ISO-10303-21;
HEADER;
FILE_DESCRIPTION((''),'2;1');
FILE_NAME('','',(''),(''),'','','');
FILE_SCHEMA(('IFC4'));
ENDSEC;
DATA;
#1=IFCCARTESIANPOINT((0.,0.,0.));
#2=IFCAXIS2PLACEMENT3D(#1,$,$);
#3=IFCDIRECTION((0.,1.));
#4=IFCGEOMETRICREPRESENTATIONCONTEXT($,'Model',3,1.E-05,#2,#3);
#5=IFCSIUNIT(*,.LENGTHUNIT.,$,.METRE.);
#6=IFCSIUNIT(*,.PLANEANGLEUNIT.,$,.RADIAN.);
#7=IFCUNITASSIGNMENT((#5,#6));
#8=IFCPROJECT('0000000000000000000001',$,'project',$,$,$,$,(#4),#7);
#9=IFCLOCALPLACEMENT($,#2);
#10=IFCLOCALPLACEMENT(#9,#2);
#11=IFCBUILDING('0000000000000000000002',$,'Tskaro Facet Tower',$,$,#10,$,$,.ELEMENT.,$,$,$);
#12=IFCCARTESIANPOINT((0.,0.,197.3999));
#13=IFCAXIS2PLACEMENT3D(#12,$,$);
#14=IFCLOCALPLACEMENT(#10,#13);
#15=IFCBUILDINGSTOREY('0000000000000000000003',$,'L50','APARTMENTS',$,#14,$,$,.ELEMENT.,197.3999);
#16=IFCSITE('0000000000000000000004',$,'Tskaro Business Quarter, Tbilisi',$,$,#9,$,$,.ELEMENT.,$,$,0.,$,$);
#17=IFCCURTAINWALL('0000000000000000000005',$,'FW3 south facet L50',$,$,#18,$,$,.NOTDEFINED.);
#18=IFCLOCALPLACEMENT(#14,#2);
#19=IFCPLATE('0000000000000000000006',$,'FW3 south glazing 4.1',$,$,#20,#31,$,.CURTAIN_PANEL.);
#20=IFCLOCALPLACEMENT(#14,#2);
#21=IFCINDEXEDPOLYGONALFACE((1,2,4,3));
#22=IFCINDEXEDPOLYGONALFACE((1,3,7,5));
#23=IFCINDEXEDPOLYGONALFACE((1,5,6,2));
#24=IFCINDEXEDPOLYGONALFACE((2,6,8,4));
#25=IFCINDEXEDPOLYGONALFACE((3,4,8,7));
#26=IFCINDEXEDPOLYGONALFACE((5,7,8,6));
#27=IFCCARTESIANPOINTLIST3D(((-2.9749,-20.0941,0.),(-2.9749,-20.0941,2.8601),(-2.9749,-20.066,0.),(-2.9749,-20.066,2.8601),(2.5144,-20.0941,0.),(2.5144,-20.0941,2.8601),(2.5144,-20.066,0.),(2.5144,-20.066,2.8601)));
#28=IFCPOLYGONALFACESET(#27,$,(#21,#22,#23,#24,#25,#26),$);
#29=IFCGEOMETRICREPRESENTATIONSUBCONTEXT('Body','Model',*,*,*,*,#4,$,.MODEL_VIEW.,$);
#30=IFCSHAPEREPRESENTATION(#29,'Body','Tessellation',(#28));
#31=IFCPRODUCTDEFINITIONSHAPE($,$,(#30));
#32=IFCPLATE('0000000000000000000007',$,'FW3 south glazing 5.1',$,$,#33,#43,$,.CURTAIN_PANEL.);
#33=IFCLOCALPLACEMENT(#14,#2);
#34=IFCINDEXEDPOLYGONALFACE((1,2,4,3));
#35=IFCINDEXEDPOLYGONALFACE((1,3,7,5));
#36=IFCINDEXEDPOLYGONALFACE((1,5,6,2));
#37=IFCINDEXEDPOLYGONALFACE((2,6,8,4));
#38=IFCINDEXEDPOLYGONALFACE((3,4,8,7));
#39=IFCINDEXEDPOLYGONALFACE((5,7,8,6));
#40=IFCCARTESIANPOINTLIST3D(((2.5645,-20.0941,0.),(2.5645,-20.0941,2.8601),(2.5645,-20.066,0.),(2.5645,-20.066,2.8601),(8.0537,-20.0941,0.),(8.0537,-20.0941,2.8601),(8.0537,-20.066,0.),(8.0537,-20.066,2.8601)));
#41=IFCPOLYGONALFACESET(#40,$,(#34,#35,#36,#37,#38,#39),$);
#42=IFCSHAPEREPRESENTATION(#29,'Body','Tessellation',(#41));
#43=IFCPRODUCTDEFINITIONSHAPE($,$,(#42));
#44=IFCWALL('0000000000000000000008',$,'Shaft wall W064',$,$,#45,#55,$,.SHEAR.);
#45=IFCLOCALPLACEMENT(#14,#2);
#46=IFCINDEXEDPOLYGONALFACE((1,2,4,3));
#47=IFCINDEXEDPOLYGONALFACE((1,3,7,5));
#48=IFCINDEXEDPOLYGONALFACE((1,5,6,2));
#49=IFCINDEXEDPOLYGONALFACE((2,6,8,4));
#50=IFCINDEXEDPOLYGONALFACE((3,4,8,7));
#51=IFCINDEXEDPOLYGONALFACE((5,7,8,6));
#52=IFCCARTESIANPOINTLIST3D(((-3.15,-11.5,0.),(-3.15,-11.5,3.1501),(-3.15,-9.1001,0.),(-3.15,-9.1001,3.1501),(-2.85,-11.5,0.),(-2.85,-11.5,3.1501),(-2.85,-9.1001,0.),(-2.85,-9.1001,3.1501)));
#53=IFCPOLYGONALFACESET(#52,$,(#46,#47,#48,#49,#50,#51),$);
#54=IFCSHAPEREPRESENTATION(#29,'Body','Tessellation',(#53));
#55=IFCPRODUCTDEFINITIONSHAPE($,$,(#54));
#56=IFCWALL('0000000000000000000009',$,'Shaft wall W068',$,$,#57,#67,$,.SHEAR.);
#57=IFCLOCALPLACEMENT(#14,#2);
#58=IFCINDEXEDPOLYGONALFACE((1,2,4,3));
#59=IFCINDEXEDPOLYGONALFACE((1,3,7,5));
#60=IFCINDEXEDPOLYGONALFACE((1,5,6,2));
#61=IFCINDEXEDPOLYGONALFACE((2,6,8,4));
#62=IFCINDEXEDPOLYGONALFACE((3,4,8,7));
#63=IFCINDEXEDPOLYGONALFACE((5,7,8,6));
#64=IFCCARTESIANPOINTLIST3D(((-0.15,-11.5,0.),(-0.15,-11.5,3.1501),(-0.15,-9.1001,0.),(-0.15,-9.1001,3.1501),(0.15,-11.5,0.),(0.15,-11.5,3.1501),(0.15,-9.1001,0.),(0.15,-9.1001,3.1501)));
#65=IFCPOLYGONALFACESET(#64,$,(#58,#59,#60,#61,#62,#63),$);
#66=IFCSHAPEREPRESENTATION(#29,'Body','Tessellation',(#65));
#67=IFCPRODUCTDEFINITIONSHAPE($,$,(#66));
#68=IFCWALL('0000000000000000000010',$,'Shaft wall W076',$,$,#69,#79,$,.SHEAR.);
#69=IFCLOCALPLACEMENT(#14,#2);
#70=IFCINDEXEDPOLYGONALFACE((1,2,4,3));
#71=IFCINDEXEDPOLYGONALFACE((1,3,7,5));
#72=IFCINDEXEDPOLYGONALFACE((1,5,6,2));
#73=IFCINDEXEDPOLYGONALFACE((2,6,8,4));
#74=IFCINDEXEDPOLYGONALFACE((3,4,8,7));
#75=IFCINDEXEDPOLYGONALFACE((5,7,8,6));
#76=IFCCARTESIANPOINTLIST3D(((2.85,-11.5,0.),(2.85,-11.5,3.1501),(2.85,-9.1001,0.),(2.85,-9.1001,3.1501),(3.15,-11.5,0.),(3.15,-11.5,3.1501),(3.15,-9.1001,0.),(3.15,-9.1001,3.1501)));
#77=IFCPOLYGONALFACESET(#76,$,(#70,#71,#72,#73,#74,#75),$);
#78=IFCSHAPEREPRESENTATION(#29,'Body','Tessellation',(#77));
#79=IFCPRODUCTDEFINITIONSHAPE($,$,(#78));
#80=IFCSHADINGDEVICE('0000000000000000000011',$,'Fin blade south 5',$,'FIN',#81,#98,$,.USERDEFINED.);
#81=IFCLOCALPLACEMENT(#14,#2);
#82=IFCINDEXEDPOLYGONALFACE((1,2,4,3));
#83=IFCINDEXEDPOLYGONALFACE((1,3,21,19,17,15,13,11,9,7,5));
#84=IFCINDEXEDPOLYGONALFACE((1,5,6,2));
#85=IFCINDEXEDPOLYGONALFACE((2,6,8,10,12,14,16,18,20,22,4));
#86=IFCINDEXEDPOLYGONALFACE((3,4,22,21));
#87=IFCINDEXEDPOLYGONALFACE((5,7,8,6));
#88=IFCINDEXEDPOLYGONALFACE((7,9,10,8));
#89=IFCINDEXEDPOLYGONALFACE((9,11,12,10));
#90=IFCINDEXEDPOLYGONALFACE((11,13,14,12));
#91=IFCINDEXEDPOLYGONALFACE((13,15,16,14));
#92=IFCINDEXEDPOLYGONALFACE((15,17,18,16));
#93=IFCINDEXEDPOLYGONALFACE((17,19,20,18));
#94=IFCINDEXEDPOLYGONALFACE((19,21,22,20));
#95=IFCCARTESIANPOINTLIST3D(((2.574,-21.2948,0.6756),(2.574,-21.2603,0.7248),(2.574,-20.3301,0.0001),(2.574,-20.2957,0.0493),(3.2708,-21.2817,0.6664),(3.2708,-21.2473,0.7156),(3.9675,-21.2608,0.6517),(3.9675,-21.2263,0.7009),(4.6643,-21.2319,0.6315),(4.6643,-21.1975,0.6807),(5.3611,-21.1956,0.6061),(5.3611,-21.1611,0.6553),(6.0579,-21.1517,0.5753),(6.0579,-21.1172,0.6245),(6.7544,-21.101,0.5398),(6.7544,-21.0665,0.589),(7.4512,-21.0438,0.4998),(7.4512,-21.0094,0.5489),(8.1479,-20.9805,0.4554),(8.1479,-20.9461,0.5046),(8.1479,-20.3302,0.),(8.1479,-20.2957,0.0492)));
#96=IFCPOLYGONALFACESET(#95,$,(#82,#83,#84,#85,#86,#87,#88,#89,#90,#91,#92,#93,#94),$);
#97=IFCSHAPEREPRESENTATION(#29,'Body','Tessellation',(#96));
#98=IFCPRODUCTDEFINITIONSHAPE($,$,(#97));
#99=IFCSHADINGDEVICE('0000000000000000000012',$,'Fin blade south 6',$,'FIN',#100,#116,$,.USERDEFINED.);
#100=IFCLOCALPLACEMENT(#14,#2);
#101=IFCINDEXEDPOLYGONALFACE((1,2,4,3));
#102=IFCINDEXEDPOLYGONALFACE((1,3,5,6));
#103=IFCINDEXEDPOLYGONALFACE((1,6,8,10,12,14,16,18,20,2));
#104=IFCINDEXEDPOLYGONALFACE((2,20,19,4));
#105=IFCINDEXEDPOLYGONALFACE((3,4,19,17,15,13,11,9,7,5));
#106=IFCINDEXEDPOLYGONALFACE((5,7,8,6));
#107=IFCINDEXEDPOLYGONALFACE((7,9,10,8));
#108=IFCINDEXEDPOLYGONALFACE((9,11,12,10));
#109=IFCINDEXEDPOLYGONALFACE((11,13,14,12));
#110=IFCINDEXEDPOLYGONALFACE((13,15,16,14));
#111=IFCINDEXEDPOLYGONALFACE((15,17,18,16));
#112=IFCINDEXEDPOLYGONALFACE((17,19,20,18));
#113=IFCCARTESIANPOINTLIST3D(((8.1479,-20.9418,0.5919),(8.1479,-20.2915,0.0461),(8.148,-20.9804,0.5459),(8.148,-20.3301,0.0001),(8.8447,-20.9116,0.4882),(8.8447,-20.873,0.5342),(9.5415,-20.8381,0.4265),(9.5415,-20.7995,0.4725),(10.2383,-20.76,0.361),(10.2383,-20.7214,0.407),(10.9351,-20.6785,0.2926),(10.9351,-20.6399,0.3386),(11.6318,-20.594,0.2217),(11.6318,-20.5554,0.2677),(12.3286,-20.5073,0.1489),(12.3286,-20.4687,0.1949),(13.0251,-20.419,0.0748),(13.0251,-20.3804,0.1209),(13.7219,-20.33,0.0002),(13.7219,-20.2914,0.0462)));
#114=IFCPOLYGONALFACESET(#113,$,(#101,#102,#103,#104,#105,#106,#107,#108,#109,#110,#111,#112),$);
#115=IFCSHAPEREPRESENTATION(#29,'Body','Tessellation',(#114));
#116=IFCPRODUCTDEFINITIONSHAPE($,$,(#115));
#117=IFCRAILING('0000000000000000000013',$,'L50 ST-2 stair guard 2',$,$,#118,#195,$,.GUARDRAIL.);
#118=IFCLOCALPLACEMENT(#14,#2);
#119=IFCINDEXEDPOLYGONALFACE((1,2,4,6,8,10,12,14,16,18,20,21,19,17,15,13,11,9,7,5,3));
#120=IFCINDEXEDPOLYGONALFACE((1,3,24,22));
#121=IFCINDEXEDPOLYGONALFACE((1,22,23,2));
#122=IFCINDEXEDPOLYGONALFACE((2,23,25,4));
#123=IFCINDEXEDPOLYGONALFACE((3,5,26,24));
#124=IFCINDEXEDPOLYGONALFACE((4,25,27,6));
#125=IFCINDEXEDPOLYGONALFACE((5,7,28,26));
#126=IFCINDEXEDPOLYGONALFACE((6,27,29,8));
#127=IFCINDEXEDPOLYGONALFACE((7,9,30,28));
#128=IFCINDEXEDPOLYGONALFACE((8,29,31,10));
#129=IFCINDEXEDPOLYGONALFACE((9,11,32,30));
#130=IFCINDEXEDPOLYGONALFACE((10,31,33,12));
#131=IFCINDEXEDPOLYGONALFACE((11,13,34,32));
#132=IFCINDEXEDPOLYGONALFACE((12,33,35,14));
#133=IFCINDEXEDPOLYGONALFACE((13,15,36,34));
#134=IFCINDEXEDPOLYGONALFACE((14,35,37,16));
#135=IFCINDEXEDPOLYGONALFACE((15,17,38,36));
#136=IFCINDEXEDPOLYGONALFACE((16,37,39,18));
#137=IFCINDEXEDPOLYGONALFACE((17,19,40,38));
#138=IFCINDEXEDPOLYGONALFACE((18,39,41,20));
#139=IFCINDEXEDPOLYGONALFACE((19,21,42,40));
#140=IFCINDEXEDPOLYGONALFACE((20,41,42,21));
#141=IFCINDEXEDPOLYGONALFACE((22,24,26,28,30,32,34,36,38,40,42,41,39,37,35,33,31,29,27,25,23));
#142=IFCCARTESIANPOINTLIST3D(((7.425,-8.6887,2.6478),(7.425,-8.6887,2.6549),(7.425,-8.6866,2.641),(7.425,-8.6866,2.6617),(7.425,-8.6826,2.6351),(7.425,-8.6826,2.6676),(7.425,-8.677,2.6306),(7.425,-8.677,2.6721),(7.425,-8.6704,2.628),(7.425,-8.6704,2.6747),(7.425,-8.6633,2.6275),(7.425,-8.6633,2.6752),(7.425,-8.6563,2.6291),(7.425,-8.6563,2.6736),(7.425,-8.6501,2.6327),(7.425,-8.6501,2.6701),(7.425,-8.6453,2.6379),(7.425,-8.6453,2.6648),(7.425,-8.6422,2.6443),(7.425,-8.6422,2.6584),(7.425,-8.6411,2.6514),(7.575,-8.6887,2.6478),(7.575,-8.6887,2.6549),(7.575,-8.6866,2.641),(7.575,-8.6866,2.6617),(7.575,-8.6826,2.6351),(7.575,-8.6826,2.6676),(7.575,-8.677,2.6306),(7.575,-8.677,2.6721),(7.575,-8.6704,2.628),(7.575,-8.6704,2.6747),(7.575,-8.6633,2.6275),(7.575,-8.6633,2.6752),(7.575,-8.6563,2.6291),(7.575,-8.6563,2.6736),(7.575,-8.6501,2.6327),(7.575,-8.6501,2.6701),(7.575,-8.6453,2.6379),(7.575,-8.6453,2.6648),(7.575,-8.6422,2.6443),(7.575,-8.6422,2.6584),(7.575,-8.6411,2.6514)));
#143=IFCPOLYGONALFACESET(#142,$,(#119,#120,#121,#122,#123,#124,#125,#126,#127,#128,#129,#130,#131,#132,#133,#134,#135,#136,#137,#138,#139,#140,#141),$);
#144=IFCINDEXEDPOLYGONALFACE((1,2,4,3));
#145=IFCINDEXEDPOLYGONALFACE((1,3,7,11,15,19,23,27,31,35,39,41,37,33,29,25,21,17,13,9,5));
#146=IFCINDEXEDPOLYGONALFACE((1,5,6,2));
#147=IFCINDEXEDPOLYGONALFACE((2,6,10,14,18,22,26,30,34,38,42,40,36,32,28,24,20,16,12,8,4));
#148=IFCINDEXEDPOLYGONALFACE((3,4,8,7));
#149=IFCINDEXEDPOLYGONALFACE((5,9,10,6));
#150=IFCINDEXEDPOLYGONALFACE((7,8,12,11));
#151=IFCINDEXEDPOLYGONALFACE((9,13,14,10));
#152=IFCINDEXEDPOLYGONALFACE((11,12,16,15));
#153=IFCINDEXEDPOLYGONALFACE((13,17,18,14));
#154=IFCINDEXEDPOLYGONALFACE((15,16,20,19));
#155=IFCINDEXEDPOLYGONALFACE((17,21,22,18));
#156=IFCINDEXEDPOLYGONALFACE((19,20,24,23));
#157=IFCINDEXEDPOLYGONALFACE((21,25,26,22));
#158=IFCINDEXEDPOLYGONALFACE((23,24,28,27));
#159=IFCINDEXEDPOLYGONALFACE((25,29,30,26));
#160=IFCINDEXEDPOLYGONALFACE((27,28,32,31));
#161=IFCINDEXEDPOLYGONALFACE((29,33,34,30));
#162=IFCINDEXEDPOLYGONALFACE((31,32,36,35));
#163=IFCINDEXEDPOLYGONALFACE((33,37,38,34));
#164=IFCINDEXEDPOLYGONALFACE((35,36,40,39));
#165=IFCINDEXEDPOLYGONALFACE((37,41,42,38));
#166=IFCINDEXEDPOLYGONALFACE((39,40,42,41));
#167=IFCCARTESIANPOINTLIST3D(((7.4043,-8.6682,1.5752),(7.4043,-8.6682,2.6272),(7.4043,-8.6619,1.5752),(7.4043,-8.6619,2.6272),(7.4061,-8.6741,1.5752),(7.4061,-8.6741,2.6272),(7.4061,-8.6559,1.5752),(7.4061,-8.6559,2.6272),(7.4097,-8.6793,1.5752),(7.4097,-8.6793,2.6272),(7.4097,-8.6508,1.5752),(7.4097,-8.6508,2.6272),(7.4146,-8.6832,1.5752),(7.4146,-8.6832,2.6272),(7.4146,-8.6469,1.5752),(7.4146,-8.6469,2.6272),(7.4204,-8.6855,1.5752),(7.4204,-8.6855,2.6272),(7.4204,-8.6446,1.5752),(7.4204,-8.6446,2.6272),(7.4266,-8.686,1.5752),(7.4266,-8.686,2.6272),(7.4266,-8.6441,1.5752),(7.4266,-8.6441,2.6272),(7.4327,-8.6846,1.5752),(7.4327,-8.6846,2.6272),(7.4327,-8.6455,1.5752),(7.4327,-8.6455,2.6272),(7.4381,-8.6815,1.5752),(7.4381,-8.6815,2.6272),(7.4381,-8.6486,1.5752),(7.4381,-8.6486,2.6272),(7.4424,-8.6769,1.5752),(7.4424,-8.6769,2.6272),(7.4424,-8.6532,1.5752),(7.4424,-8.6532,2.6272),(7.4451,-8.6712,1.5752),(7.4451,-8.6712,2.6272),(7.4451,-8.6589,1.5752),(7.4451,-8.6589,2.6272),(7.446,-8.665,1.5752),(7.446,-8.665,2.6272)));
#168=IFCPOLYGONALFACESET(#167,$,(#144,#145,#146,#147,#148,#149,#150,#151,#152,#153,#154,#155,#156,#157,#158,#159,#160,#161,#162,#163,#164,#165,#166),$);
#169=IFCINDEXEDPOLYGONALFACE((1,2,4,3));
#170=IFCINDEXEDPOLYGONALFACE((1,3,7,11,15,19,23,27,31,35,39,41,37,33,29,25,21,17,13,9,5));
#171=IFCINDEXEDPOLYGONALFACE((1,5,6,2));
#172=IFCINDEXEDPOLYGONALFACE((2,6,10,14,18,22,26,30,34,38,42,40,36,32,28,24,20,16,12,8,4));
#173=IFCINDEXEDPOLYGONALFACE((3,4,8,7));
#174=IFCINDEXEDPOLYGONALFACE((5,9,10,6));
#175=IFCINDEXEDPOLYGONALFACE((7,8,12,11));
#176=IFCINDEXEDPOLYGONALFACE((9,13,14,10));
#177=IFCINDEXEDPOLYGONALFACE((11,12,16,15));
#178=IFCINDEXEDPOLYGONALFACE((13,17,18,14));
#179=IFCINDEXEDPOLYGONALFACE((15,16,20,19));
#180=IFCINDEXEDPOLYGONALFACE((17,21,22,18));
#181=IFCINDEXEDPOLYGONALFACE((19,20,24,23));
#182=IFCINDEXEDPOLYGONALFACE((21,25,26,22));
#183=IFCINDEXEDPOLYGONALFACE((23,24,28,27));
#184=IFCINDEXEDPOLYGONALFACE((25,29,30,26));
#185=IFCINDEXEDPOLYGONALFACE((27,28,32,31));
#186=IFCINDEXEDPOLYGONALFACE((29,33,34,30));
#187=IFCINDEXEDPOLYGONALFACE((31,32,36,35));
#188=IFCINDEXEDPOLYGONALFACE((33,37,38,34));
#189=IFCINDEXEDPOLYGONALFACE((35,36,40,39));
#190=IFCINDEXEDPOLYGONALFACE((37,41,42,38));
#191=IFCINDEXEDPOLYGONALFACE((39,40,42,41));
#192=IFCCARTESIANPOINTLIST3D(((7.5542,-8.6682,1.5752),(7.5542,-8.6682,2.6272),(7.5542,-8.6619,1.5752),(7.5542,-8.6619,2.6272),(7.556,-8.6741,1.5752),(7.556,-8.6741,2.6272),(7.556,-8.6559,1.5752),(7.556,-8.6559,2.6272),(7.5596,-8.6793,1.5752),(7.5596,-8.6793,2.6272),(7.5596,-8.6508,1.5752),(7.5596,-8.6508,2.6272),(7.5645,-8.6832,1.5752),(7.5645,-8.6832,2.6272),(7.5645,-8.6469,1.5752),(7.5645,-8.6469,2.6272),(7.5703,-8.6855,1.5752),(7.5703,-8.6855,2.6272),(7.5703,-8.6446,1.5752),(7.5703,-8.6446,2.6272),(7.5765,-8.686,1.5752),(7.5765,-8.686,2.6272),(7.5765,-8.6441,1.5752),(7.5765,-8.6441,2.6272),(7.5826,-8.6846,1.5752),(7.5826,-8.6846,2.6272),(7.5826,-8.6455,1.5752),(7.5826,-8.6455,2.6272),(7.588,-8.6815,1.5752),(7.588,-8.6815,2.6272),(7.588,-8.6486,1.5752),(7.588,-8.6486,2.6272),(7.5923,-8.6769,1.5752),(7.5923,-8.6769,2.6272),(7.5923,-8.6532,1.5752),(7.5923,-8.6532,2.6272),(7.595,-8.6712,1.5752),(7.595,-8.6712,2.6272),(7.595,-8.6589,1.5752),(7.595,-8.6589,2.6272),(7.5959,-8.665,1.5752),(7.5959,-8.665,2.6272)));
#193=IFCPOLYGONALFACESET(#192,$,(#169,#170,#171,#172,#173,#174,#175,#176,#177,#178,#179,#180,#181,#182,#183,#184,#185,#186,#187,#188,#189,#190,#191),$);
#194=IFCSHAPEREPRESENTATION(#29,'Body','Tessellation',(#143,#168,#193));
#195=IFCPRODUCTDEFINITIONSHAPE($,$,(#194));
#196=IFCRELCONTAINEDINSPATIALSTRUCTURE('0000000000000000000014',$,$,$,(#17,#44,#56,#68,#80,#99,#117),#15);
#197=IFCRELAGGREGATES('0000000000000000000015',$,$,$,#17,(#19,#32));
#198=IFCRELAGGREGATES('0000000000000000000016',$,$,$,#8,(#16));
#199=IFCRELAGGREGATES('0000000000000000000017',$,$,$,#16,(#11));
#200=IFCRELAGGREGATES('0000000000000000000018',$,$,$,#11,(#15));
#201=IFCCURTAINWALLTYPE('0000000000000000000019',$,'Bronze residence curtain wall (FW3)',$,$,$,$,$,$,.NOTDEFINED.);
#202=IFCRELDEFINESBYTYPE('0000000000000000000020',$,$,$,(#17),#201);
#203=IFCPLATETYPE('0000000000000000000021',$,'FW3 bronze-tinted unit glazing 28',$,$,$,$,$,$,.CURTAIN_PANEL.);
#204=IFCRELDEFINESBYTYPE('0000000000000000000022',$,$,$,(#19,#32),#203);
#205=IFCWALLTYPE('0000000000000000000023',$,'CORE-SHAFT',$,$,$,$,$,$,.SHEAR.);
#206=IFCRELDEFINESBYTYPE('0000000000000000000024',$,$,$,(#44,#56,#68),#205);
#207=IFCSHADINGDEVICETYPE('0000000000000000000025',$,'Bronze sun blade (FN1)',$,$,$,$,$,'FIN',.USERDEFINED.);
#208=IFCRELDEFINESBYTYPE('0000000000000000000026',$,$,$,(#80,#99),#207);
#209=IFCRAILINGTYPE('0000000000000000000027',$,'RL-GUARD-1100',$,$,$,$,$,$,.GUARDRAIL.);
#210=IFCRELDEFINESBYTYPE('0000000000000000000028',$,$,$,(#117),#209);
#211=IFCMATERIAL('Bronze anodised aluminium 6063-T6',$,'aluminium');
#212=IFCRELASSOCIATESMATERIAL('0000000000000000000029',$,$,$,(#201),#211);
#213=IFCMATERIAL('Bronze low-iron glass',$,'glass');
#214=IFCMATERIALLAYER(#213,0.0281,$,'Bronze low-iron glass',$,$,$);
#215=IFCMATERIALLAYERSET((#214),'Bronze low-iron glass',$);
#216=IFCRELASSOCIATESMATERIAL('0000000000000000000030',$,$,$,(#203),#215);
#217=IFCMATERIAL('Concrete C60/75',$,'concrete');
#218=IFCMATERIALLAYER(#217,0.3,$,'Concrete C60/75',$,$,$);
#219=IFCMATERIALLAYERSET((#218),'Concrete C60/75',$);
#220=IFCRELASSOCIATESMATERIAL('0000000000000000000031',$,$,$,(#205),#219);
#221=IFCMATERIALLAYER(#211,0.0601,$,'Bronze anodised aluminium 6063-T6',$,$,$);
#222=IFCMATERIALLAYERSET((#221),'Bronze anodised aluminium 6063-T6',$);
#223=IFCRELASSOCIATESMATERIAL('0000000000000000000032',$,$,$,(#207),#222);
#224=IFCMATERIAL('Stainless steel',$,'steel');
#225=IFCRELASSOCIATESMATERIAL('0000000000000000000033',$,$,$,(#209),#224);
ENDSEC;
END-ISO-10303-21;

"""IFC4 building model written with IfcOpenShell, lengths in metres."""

from ifc_helpers import new_model, si_unit, direction, frame, frame_2d, origin, origin_2d, place, context, subcontext, project, spatial, polyline, rectangle, circle, outline, extrude, material, layer, layer_set, type_object, element, aggregate, save


model = new_model("IFC4")

# Units and contexts
model_context = context("Model", 3, precision=1e-05, world=origin(), true_north=direction((0.0, 1.0)))
body_context = subcontext(model_context, "Body", "Model", "MODEL_VIEW")
ifc_project = project(units=[si_unit("LENGTHUNIT", "METRE"), si_unit("PLANEANGLEUNIT", "RADIAN")], contexts=[model_context])

# Site, building, storey
site_placement = place(None, origin())
site = spatial("IfcSite", under=ifc_project, at=site_placement, Name="Tskaro Business Quarter, Tbilisi", CompositionType="ELEMENT", RefElevation=0.0)
building_placement = place(site_placement, origin())
building = spatial("IfcBuilding", under=site, at=building_placement, Name="Tskaro Facet Tower", CompositionType="ELEMENT")
storey_placement = place(building_placement, frame((0.0, 0.0, 197.3999)))
storey = spatial("IfcBuildingStorey", under=building, at=storey_placement, Name="L50", Description="APARTMENTS", CompositionType="ELEMENT", Elevation=197.3999)

# Curtain wall
ifc_material_1 = material(Name="Bronze anodised aluminium 6063-T6", Category="aluminium")
curtain_wall_type = type_object("IfcCurtainWallType", Name="Bronze residence curtain wall (FW3)", PredefinedType="NOTDEFINED", material=ifc_material_1)
curtain_wall_placement = place(storey_placement, origin())
curtain_wall = element("IfcCurtainWall", 1, at=curtain_wall_placement, inside=storey, type_object=curtain_wall_type, Name="FW3 south facet L50", PredefinedType="NOTDEFINED")

# Plates
ifc_material_2 = material(Name="Bronze low-iron glass", Category="glass")
ifc_layer_1 = layer(ifc_material_2, 0.0281, Name="Bronze low-iron glass")
ifc_layer_set_1 = layer_set([ifc_layer_1], Name="Bronze low-iron glass")
plate_type = type_object("IfcPlateType", Name="FW3 bronze-tinted unit glazing 28", PredefinedType="CURTAIN_PANEL", material=ifc_layer_set_1)
plate_1_placement = place(storey_placement, frame((-0.2302, -20.0801, 0.0), z_axis=(0.0, 0.0, 1.0), x_axis=(1.0, 0.0, 0.0)))
plate_1 = element("IfcPlate", 2, at=plate_1_placement, type_object=plate_type, Name="FW3 south glazing 4.1", PredefinedType="CURTAIN_PANEL", context=body_context, shape_type="SweptSolid", body=[
    extrude(rectangle(XDim=5.4893, YDim=0.0281, at=origin_2d()), origin(), (0.0, 0.0, 1.0), 2.8601),
])
plate_2_placement = place(storey_placement, frame((5.3091, -20.0801, 0.0), z_axis=(0.0, 0.0, 1.0), x_axis=(1.0, 0.0, 0.0)))
plate_2 = element("IfcPlate", 3, at=plate_2_placement, type_object=plate_type, Name="FW3 south glazing 5.1", PredefinedType="CURTAIN_PANEL", context=body_context, shape_type="SweptSolid", body=[
    extrude(rectangle(XDim=5.4893, YDim=0.0281, at=origin_2d()), origin(), (0.0, 0.0, 1.0), 2.8601),
])
aggregate(curtain_wall, [plate_1, plate_2])

# Walls
ifc_material_3 = material(Name="Concrete C60/75", Category="concrete")
ifc_layer_2 = layer(ifc_material_3, 0.3, Name="Concrete C60/75")
ifc_layer_set_2 = layer_set([ifc_layer_2], Name="Concrete C60/75")
wall_type = type_object("IfcWallType", Name="CORE-SHAFT", PredefinedType="SHEAR", material=ifc_layer_set_2)
for number, where, z_axis, x_axis, name in (
    (4, (-3.0, -11.5, 0.0), (0.0, 0.0, 1.0), (0.0, 1.0, 0.0), "Shaft wall W064"),
    (5, (0.0, -11.5, 0.0), (0.0, 0.0, 1.0), (0.0, 1.0, 0.0), "Shaft wall W068"),
    (6, (3.0, -11.5, 0.0), (0.0, 0.0, 1.0), (0.0, 1.0, 0.0), "Shaft wall W076"),
):
    element("IfcWall", number, at=place(storey_placement, frame(where, z_axis=z_axis, x_axis=x_axis)), inside=storey, type_object=wall_type, Name=name, PredefinedType="SHEAR", context=body_context, shape_type="SweptSolid", body=[
        extrude(rectangle(XDim=2.3999, YDim=0.3, at=frame_2d((1.2, 0.0))), origin(), (0.0, 0.0, 1.0), 3.1501),
    ])

# Shading devices
ifc_layer_3 = layer(ifc_material_1, 0.0601, Name="Bronze anodised aluminium 6063-T6")
ifc_layer_set_3 = layer_set([ifc_layer_3], Name="Bronze anodised aluminium 6063-T6")
shading_device_type = type_object("IfcShadingDeviceType", Name="Bronze sun blade (FN1)", ElementType="FIN", PredefinedType="USERDEFINED", material=ifc_layer_set_3)
shading_device_1_placement = place(storey_placement, frame((2.574, -20.2957, 0.0493), z_axis=(0.000015, 0.573561, 0.819163), x_axis=(1.0, -0.000009, -0.000013)))
element("IfcShadingDevice", 7, at=shading_device_1_placement, inside=storey, type_object=shading_device_type, Name="Fin blade south 5", ObjectType="FIN", PredefinedType="USERDEFINED", context=body_context, shape_type="SweptSolid", body=[
    extrude(outline(polyline([(0.0, 0.0), (5.574, 0.0), (5.574, -0.7939), (4.8772, -0.8712), (4.1804, -0.941), (3.4839, -1.0029), (2.7871, -1.0565), (2.0903, -1.1009), (1.3936, -1.1361), (0.6968, -1.1617), (0.0, -1.1776), (0.0, 0.0)])), origin(), (0.0, 0.0, -1.0), 0.0601),
])
shading_device_2_placement = place(storey_placement, frame((8.1479, -20.2915, 0.0461), z_axis=(-0.000021, 0.642835, 0.766004), x_axis=(1.0, 0.000014, 0.000016)))
element("IfcShadingDevice", 8, at=shading_device_2_placement, inside=storey, type_object=shading_device_type, Name="Fin blade south 6", ObjectType="FIN", PredefinedType="USERDEFINED", context=body_context, shape_type="SweptSolid", body=[
    extrude(outline(polyline([(0.0, 0.0), (5.574, 0.0), (4.8772, -0.1161), (4.1807, -0.2313), (3.4839, -0.3445), (2.7871, -0.4549), (2.0903, -0.5613), (1.3936, -0.6632), (0.6968, -0.7592), (0.0, -0.849), (0.0, 0.0)])), origin(), (0.0, 0.0, -1.0), 0.0601),
])

# Railing
ifc_material_4 = material(Name="Stainless steel", Category="steel")
railing_type = type_object("IfcRailingType", Name="RL-GUARD-1100", PredefinedType="GUARDRAIL", material=ifc_material_4)
railing_placement = place(storey_placement, frame((7.425, -8.665, 1.5752)))
element("IfcRailing", 9, at=railing_placement, inside=storey, type_object=railing_type, Name="L50 ST-2 stair guard 2", PredefinedType="GUARDRAIL", context=body_context, shape_type="SweptSolid", body=[
    extrude(circle(Radius=0.0239, at=origin_2d()), frame((0.0, 0.0, 1.0762), z_axis=(1.0, 0.0, 0.0), x_axis=(0.0, 1.0, 0.0)), (0.0, 0.0, 1.0), 0.1499),
    extrude(circle(Radius=0.021, at=origin_2d()), origin(), (0.0, 0.0, 1.0), 1.052),
    extrude(circle(Radius=0.021, at=origin_2d()), frame((0.1499, 0.0, 0.0)), (0.0, 0.0, 1.0), 1.052),
])

save(model, "model.ifc")
